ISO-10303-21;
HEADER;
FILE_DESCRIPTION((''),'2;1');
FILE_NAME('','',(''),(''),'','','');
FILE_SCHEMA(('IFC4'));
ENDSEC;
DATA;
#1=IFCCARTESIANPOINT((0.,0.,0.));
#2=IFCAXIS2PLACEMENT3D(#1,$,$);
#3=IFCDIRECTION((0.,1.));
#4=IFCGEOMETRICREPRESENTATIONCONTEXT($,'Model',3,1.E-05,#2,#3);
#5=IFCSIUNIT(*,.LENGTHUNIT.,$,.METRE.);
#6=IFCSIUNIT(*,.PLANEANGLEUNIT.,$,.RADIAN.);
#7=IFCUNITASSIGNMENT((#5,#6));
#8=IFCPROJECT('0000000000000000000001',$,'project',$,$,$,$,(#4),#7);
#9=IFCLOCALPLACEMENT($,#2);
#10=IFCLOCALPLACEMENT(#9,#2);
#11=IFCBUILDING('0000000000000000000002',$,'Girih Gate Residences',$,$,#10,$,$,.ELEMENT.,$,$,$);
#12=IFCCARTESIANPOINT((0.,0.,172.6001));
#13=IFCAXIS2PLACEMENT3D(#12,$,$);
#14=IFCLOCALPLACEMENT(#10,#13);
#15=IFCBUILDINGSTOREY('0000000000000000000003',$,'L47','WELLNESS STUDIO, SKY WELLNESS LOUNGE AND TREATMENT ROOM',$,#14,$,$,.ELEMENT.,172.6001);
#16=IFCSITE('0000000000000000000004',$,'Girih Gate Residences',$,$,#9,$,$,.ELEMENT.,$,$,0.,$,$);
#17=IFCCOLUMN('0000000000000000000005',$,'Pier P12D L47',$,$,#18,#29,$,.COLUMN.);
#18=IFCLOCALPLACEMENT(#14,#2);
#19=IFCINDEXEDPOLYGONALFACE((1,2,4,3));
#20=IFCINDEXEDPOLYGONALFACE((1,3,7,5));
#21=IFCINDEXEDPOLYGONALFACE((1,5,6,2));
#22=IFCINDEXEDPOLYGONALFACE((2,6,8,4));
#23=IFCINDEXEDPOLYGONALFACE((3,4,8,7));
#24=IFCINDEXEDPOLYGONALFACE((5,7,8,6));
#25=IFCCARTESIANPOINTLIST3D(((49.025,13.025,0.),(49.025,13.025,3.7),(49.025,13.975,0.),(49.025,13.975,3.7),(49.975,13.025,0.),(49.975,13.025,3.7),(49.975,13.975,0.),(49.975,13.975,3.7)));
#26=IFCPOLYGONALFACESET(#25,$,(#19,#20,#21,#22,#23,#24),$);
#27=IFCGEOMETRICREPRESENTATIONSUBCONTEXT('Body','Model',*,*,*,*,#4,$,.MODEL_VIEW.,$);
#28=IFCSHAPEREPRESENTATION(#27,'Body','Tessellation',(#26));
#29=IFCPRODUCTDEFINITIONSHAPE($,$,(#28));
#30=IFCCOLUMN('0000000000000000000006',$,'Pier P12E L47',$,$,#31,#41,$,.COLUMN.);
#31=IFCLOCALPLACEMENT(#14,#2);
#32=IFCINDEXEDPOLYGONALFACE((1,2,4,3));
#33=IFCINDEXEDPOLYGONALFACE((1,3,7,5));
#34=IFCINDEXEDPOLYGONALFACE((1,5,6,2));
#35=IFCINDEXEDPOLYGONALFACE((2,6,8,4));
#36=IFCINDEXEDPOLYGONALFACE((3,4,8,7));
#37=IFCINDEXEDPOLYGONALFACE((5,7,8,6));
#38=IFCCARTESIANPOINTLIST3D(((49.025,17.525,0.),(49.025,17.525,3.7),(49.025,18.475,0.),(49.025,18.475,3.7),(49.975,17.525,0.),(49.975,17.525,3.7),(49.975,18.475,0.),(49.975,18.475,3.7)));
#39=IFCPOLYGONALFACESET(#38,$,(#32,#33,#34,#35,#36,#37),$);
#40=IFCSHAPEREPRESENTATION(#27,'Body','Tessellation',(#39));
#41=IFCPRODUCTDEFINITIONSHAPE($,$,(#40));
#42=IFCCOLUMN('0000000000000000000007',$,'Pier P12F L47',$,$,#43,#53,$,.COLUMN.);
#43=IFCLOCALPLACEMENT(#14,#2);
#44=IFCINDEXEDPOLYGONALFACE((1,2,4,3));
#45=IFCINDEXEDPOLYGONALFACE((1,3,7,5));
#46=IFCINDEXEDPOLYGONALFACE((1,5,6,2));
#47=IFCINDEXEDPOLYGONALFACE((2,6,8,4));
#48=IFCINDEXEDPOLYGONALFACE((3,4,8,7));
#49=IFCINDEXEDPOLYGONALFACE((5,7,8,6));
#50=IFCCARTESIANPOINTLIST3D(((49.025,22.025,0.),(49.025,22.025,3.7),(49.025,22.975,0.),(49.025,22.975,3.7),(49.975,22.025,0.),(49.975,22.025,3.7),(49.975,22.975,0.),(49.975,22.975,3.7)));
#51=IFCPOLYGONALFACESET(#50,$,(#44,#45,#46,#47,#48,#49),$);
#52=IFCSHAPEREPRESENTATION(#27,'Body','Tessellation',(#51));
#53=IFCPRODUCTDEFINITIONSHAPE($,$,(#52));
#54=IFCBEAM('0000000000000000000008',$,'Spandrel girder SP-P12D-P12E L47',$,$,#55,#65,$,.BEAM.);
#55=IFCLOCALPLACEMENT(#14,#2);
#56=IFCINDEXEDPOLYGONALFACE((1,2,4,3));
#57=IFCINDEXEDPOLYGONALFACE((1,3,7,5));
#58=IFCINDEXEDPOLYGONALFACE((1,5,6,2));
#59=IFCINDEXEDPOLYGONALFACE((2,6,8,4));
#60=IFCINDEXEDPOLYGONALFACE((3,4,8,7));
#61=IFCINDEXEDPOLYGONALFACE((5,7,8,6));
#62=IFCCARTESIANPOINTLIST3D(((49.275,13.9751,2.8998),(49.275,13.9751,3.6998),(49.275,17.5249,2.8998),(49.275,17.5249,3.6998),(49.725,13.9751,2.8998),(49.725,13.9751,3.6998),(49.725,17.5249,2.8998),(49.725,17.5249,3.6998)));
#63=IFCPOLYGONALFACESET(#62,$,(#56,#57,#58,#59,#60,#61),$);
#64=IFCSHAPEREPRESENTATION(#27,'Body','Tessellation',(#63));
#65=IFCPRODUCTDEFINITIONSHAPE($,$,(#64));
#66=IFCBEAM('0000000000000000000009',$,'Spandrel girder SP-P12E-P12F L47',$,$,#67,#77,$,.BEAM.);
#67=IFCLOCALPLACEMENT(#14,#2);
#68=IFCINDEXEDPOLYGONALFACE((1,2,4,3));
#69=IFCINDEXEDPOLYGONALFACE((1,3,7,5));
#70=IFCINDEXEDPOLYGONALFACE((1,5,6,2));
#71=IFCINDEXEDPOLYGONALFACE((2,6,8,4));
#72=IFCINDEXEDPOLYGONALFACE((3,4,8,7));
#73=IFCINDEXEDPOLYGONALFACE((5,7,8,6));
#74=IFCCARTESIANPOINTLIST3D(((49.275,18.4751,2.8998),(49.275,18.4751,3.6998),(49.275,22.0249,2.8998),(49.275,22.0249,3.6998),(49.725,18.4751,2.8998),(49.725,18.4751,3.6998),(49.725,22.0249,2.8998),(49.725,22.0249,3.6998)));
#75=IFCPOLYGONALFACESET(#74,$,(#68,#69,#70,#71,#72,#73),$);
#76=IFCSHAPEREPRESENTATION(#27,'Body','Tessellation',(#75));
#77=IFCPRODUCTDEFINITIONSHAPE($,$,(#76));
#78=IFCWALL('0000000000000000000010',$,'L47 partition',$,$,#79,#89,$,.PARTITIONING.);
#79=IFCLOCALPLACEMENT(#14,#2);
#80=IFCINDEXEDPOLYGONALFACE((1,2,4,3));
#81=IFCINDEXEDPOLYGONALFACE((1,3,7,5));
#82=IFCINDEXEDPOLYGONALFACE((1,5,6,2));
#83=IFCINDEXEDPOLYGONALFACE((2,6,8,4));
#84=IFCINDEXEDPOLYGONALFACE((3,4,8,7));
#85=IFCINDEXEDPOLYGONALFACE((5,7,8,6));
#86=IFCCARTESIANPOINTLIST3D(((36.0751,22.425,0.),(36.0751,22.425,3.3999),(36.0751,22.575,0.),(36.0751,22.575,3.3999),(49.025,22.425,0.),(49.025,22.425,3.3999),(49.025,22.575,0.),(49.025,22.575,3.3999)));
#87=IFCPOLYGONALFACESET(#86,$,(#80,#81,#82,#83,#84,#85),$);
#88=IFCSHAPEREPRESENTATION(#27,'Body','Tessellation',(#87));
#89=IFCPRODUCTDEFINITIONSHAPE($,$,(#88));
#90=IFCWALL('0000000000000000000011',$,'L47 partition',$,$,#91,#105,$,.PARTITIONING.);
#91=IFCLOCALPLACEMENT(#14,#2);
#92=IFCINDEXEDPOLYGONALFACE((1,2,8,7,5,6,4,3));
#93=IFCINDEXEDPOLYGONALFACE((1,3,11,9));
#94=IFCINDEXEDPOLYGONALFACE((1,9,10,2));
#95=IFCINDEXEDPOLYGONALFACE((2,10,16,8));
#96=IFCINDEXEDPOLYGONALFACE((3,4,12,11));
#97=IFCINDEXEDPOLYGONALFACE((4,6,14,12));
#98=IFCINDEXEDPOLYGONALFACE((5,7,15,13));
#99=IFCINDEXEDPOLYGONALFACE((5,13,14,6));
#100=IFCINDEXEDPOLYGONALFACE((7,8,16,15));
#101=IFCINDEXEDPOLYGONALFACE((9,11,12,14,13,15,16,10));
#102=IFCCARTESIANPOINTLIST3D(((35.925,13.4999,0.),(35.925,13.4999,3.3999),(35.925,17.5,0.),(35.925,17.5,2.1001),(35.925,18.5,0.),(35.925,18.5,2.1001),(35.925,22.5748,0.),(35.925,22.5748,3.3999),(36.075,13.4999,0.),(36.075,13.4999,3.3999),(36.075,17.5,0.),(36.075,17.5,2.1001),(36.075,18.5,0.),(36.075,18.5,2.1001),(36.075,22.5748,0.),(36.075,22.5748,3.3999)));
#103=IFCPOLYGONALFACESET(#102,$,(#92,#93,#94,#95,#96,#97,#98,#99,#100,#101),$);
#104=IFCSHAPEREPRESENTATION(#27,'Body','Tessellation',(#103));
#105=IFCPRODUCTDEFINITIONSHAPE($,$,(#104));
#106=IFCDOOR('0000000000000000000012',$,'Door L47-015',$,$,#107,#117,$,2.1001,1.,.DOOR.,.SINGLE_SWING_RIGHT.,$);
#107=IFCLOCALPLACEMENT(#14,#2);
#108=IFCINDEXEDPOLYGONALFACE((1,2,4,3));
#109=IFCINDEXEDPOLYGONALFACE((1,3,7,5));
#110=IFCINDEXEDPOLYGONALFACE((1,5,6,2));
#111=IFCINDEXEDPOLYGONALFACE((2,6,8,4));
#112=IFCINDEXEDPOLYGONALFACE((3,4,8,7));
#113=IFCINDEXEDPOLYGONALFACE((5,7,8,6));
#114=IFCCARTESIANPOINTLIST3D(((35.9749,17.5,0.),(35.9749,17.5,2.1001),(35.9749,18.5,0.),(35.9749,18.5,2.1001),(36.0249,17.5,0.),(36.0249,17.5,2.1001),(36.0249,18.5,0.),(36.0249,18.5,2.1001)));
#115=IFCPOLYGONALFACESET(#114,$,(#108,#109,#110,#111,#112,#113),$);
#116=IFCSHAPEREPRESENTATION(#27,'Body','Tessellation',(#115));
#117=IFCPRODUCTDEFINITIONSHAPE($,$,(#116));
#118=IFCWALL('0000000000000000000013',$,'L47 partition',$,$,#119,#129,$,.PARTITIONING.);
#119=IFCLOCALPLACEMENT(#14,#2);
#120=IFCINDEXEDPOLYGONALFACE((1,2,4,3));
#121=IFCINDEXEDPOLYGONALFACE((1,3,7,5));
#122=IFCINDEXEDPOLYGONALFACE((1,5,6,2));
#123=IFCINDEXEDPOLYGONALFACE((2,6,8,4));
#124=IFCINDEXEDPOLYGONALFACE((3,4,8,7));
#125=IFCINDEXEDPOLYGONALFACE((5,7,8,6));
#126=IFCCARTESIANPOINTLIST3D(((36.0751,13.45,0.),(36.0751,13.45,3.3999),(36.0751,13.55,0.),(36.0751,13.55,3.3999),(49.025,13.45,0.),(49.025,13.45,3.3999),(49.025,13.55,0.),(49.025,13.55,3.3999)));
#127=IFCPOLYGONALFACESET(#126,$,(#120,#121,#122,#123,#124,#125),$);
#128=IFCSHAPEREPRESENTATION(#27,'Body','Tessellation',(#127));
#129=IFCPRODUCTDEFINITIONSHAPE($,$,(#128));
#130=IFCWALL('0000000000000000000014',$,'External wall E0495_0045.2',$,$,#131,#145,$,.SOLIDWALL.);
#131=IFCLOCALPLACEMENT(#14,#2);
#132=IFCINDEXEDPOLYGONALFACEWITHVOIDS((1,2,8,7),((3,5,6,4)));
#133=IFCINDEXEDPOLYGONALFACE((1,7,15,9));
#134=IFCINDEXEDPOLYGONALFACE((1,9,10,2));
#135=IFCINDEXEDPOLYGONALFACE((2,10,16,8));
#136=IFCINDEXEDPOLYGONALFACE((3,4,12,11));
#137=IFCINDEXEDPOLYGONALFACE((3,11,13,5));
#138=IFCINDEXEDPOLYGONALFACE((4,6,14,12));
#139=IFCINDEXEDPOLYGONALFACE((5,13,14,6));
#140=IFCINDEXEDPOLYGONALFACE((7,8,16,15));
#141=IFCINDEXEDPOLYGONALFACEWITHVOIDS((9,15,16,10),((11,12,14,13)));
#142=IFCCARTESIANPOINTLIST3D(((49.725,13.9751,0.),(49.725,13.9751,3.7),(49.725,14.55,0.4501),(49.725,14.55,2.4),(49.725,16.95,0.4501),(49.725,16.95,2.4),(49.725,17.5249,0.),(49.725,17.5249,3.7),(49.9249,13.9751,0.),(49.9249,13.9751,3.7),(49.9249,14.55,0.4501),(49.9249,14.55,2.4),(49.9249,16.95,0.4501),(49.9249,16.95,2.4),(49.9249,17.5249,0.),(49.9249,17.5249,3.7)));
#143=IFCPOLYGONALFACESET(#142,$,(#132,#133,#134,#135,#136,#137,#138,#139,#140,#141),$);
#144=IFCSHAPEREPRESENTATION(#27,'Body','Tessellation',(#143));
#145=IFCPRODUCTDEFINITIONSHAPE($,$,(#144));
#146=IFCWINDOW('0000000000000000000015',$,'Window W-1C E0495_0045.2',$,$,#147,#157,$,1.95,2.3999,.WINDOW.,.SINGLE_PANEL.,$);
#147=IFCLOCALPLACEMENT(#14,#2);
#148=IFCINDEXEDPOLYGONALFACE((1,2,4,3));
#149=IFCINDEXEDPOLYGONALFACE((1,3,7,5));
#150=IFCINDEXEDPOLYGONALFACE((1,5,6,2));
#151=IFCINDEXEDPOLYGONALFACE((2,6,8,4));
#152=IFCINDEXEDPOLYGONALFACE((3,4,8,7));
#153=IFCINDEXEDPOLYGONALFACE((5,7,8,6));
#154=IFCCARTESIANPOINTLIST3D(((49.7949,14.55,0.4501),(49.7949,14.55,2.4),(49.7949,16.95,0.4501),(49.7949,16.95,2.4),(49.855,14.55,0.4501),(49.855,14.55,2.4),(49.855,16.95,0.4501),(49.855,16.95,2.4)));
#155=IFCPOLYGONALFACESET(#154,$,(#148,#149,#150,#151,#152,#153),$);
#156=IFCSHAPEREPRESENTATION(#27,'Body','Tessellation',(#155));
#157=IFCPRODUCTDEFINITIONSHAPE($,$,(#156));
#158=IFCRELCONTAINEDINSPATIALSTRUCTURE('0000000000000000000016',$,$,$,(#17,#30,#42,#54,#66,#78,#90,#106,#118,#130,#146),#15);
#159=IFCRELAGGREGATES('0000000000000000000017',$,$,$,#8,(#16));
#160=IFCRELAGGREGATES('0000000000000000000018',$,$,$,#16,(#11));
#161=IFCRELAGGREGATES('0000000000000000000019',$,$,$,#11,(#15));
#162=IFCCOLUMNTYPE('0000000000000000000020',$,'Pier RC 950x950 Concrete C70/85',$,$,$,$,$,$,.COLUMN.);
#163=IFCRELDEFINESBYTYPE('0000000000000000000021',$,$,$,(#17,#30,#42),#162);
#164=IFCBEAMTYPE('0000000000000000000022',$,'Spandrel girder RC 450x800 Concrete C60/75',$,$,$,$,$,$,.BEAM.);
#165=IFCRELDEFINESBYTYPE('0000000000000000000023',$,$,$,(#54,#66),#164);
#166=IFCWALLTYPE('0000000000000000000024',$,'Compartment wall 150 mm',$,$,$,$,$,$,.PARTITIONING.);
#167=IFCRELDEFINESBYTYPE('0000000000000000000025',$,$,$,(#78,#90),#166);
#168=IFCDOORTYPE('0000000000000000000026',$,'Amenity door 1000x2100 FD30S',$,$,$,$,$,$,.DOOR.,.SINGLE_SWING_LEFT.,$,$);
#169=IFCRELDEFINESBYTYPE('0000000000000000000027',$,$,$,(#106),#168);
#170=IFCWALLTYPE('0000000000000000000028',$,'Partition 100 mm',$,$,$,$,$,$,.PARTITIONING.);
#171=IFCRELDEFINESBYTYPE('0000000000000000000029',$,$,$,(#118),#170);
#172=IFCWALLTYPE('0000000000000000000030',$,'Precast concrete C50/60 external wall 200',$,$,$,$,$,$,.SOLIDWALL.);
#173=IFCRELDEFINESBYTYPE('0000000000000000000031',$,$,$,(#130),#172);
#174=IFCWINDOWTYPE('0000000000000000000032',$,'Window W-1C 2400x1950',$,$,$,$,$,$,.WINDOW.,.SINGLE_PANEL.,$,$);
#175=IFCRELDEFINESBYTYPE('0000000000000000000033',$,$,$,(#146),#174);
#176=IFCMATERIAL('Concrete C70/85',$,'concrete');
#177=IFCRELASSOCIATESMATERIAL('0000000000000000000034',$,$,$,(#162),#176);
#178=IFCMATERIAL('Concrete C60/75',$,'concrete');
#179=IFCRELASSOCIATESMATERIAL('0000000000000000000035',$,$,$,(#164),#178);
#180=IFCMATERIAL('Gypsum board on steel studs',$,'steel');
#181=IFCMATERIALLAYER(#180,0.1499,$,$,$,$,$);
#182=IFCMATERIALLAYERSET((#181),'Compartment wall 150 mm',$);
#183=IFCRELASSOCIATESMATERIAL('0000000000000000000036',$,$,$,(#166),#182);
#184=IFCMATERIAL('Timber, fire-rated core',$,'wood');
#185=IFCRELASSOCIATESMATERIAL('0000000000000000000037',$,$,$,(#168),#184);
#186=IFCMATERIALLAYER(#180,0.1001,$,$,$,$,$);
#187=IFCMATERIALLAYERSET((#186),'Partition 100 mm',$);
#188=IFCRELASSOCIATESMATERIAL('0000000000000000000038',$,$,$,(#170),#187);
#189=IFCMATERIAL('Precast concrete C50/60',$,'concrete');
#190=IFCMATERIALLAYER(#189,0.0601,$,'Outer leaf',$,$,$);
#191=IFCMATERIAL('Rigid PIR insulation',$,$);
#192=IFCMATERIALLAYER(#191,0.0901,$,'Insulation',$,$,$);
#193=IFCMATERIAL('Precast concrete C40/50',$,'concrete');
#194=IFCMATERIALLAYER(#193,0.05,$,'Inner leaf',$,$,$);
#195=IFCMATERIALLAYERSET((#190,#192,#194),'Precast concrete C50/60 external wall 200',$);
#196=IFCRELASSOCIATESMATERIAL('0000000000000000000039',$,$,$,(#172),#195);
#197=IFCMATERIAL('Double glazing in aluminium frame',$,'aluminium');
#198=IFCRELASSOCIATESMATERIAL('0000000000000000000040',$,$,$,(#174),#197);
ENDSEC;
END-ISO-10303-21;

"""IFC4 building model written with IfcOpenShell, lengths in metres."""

from ifc_helpers import new_model, si_unit, direction, frame, frame_2d, origin, origin_2d, place, context, subcontext, project, spatial, rectangle, extrude, material, layer, layer_set, material_profile, profile_set, type_object, element, fill, save


model = new_model("IFC4")

# Units and contexts
model_context = context("Model", 3, precision=1e-05, world=origin(), true_north=direction((0.0, 1.0)))
body_context = subcontext(model_context, "Body", "Model", "MODEL_VIEW")
ifc_project = project(units=[si_unit("LENGTHUNIT", "METRE"), si_unit("PLANEANGLEUNIT", "RADIAN")], contexts=[model_context])

# Site, building, storey
site_placement = place(None, origin())
site = spatial("IfcSite", under=ifc_project, at=site_placement, Name="Girih Gate Residences", CompositionType="ELEMENT", RefElevation=0.0)
building_placement = place(site_placement, origin())
building = spatial("IfcBuilding", under=site, at=building_placement, Name="Girih Gate Residences", CompositionType="ELEMENT")
storey_placement = place(building_placement, frame((0.0, 0.0, 172.6001)))
storey = spatial("IfcBuildingStorey", under=building, at=storey_placement, Name="L47", Description="WELLNESS STUDIO, SKY WELLNESS LOUNGE AND TREATMENT ROOM", CompositionType="ELEMENT", Elevation=172.6001)

# Columns
ifc_material_1 = material(Name="Concrete C70/85", Category="concrete")
ifc_material_profile_1 = material_profile(ifc_material_1, rectangle(XDim=0.95, YDim=0.95, at=origin_2d()))
ifc_profile_set_1 = profile_set([ifc_material_profile_1], Name="Concrete C70/85")
column_type = type_object("IfcColumnType", Name="Pier RC 950x950 Concrete C70/85", PredefinedType="COLUMN", material=ifc_profile_set_1)
for number, where, z_axis, x_axis, name in (
    (1, (49.5, 13.5, 0.0), (0.0, 0.0, 1.0), (1.0, 0.0, 0.0), "Pier P12D L47"),
    (2, (49.5, 18.0, 0.0), (0.0, 0.0, 1.0), (1.0, 0.0, 0.0), "Pier P12E L47"),
    (3, (49.5, 22.5, 0.0), (0.0, 0.0, 1.0), (1.0, 0.0, 0.0), "Pier P12F L47"),
):
    element("IfcColumn", number, at=place(storey_placement, frame(where, z_axis=z_axis, x_axis=x_axis)), inside=storey, type_object=column_type, Name=name, PredefinedType="COLUMN", context=body_context, shape_type="SweptSolid", body=[
        extrude(rectangle(XDim=0.95, YDim=0.95, at=origin_2d()), origin(), (0.0, 0.0, 1.0), 3.7),
    ])

# Beams
ifc_material_2 = material(Name="Concrete C60/75", Category="concrete")
ifc_material_profile_2 = material_profile(ifc_material_2, rectangle(XDim=0.45, YDim=0.8, at=origin_2d()))
ifc_profile_set_2 = profile_set([ifc_material_profile_2], Name="Concrete C60/75")
beam_type = type_object("IfcBeamType", Name="Spandrel girder RC 450x800 Concrete C60/75", PredefinedType="BEAM", material=ifc_profile_set_2)
for number, where, z_axis, x_axis, name in (
    (4, (49.5, 13.9751, 3.2998), (0.0, 1.0, 0.0), (-1.0, 0.0, 0.0), "Spandrel girder SP-P12D-P12E L47"),
    (5, (49.5, 18.4751, 3.2998), (0.0, 1.0, 0.0), (-1.0, 0.0, 0.0), "Spandrel girder SP-P12E-P12F L47"),
):
    element("IfcBeam", number, at=place(storey_placement, frame(where, z_axis=z_axis, x_axis=x_axis)), inside=storey, type_object=beam_type, Name=name, PredefinedType="BEAM", context=body_context, shape_type="SweptSolid", body=[
        extrude(rectangle(XDim=0.45, YDim=0.8, at=origin_2d()), origin(), (0.0, 0.0, 1.0), 3.5498),
    ])

# Wall
ifc_material_3 = material(Name="Gypsum board on steel studs", Category="steel")
ifc_layer_1 = layer(ifc_material_3, 0.1499)
ifc_layer_set_1 = layer_set([ifc_layer_1], Name="Compartment wall 150 mm")
wall_type_1 = type_object("IfcWallType", Name="Compartment wall 150 mm", PredefinedType="PARTITIONING", material=ifc_layer_set_1)
wall_1_placement = place(storey_placement, frame((36.075, 22.5, 0.0), z_axis=(0.0, 0.0, 1.0), x_axis=(1.0, 0.0, 0.0)))
element("IfcWall", 6, at=wall_1_placement, inside=storey, type_object=wall_type_1, Name="L47 partition", PredefinedType="PARTITIONING", context=body_context, shape_type="SweptSolid", body=[
    extrude(rectangle(XDim=12.95, YDim=0.1499, at=frame_2d((6.4751, 0.0))), origin(), (0.0, 0.0, 1.0), 3.3999),
])

# Wall, opening, door
wall_2_placement = place(storey_placement, frame((36.0, 22.575, 0.0), z_axis=(0.0, 0.0, 1.0), x_axis=(0.0, -1.0, 0.0)))
wall_2 = element("IfcWall", 7, at=wall_2_placement, inside=storey, type_object=wall_type_1, Name="L47 partition", PredefinedType="PARTITIONING", context=body_context, shape_type="SweptSolid", body=[
    extrude(rectangle(XDim=9.075, YDim=0.1499, at=frame_2d((4.5376, 0.0))), origin(), (0.0, 0.0, 1.0), 3.3999),
])
opening_1_placement = place(wall_2_placement, frame((4.075, 0.0, 0.0)))
opening_1 = element("IfcOpeningElement", 8, at=opening_1_placement, cuts=wall_2, PredefinedType="OPENING", context=body_context, shape_type="SweptSolid", body=[
    extrude(rectangle(XDim=1.0, YDim=2.1001, at=frame_2d((0.5, 1.05))), frame((0.0, 0.085, 0.0), z_axis=(0.0, -1.0, 0.0), x_axis=(1.0, 0.0, 0.0)), (0.0, 0.0, 1.0), 0.1699),
])
ifc_material_4 = material(Name="Timber, fire-rated core", Category="wood")
door_type = type_object("IfcDoorType", Name="Amenity door 1000x2100 FD30S", OperationType="SINGLE_SWING_LEFT", PredefinedType="DOOR", material=ifc_material_4)
door_placement = place(opening_1_placement, origin())
door = element("IfcDoor", 9, at=door_placement, inside=storey, type_object=door_type, Name="Door L47-015", OperationType="SINGLE_SWING_RIGHT", OverallHeight=2.1001, OverallWidth=1.0, PredefinedType="DOOR", context=body_context, shape_type="SweptSolid", body=[
    extrude(rectangle(XDim=1.0, YDim=2.1001, at=frame_2d((0.5, 1.05))), frame((0.0, 0.0249, 0.0), z_axis=(0.0, -1.0, 0.0), x_axis=(1.0, 0.0, 0.0)), (0.0, 0.0, 1.0), 0.05),
])
fill(opening_1, door)

# Wall
ifc_layer_2 = layer(ifc_material_3, 0.1001)
ifc_layer_set_2 = layer_set([ifc_layer_2], Name="Partition 100 mm")
wall_type_2 = type_object("IfcWallType", Name="Partition 100 mm", PredefinedType="PARTITIONING", material=ifc_layer_set_2)
wall_3_placement = place(storey_placement, frame((36.075, 13.5, 0.0), z_axis=(0.0, 0.0, 1.0), x_axis=(1.0, 0.0, 0.0)))
element("IfcWall", 10, at=wall_3_placement, inside=storey, type_object=wall_type_2, Name="L47 partition", PredefinedType="PARTITIONING", context=body_context, shape_type="SweptSolid", body=[
    extrude(rectangle(XDim=12.95, YDim=0.1001, at=frame_2d((6.4751, 0.0))), origin(), (0.0, 0.0, 1.0), 3.3999),
])

# Wall, opening, window
ifc_material_5 = material(Name="Precast concrete C50/60", Category="concrete")
ifc_layer_3 = layer(ifc_material_5, 0.0601, Name="Outer leaf")
ifc_material_6 = material(Name="Rigid PIR insulation")
ifc_layer_4 = layer(ifc_material_6, 0.0901, Name="Insulation")
ifc_material_7 = material(Name="Precast concrete C40/50", Category="concrete")
ifc_layer_5 = layer(ifc_material_7, 0.05, Name="Inner leaf")
ifc_layer_set_3 = layer_set([ifc_layer_3, ifc_layer_4, ifc_layer_5], Name="Precast concrete C50/60 external wall 200")
wall_type_3 = type_object("IfcWallType", Name="Precast concrete C50/60 external wall 200", PredefinedType="SOLIDWALL", material=ifc_layer_set_3)
wall_4_placement = place(storey_placement, frame((49.825, 17.5249, 0.0), z_axis=(0.0, 0.0, 1.0), x_axis=(0.0, -1.0, 0.0)))
wall_4 = element("IfcWall", 11, at=wall_4_placement, inside=storey, type_object=wall_type_3, Name="External wall E0495_0045.2", PredefinedType="SOLIDWALL", context=body_context, shape_type="SweptSolid", body=[
    extrude(rectangle(XDim=3.5498, YDim=0.2, at=frame_2d((1.7749, 0.0))), origin(), (0.0, 0.0, 1.0), 3.7),
])
opening_2_placement = place(wall_4_placement, frame((0.575, 0.0, 0.45)))
opening_2 = element("IfcOpeningElement", 12, at=opening_2_placement, cuts=wall_4, PredefinedType="OPENING", context=body_context, shape_type="SweptSolid", body=[
    extrude(rectangle(XDim=2.3999, YDim=1.95, at=frame_2d((1.2, 0.9751))), frame((0.0, 0.1099, 0.0), z_axis=(0.0, -1.0, 0.0), x_axis=(1.0, 0.0, 0.0)), (0.0, 0.0, 1.0), 0.22),
])
ifc_material_8 = material(Name="Double glazing in aluminium frame", Category="aluminium")
window_type = type_object("IfcWindowType", Name="Window W-1C 2400x1950", PartitioningType="SINGLE_PANEL", PredefinedType="WINDOW", material=ifc_material_8)
window_1_placement = place(opening_2_placement, origin())
window_1 = element("IfcWindow", 13, at=window_1_placement, inside=storey, type_object=window_type, Name="Window W-1C E0495_0045.2", OverallHeight=1.95, OverallWidth=2.3999, PartitioningType="SINGLE_PANEL", PredefinedType="WINDOW", context=body_context, shape_type="SweptSolid", body=[
    extrude(rectangle(XDim=2.3999, YDim=1.95, at=frame_2d((1.2, 0.9751))), frame((0.0, 0.03, 0.0), z_axis=(0.0, -1.0, 0.0), x_axis=(1.0, 0.0, 0.0)), (0.0, 0.0, 1.0), 0.0601),
])
fill(opening_2, window_1)

save(model, "model.ifc")
